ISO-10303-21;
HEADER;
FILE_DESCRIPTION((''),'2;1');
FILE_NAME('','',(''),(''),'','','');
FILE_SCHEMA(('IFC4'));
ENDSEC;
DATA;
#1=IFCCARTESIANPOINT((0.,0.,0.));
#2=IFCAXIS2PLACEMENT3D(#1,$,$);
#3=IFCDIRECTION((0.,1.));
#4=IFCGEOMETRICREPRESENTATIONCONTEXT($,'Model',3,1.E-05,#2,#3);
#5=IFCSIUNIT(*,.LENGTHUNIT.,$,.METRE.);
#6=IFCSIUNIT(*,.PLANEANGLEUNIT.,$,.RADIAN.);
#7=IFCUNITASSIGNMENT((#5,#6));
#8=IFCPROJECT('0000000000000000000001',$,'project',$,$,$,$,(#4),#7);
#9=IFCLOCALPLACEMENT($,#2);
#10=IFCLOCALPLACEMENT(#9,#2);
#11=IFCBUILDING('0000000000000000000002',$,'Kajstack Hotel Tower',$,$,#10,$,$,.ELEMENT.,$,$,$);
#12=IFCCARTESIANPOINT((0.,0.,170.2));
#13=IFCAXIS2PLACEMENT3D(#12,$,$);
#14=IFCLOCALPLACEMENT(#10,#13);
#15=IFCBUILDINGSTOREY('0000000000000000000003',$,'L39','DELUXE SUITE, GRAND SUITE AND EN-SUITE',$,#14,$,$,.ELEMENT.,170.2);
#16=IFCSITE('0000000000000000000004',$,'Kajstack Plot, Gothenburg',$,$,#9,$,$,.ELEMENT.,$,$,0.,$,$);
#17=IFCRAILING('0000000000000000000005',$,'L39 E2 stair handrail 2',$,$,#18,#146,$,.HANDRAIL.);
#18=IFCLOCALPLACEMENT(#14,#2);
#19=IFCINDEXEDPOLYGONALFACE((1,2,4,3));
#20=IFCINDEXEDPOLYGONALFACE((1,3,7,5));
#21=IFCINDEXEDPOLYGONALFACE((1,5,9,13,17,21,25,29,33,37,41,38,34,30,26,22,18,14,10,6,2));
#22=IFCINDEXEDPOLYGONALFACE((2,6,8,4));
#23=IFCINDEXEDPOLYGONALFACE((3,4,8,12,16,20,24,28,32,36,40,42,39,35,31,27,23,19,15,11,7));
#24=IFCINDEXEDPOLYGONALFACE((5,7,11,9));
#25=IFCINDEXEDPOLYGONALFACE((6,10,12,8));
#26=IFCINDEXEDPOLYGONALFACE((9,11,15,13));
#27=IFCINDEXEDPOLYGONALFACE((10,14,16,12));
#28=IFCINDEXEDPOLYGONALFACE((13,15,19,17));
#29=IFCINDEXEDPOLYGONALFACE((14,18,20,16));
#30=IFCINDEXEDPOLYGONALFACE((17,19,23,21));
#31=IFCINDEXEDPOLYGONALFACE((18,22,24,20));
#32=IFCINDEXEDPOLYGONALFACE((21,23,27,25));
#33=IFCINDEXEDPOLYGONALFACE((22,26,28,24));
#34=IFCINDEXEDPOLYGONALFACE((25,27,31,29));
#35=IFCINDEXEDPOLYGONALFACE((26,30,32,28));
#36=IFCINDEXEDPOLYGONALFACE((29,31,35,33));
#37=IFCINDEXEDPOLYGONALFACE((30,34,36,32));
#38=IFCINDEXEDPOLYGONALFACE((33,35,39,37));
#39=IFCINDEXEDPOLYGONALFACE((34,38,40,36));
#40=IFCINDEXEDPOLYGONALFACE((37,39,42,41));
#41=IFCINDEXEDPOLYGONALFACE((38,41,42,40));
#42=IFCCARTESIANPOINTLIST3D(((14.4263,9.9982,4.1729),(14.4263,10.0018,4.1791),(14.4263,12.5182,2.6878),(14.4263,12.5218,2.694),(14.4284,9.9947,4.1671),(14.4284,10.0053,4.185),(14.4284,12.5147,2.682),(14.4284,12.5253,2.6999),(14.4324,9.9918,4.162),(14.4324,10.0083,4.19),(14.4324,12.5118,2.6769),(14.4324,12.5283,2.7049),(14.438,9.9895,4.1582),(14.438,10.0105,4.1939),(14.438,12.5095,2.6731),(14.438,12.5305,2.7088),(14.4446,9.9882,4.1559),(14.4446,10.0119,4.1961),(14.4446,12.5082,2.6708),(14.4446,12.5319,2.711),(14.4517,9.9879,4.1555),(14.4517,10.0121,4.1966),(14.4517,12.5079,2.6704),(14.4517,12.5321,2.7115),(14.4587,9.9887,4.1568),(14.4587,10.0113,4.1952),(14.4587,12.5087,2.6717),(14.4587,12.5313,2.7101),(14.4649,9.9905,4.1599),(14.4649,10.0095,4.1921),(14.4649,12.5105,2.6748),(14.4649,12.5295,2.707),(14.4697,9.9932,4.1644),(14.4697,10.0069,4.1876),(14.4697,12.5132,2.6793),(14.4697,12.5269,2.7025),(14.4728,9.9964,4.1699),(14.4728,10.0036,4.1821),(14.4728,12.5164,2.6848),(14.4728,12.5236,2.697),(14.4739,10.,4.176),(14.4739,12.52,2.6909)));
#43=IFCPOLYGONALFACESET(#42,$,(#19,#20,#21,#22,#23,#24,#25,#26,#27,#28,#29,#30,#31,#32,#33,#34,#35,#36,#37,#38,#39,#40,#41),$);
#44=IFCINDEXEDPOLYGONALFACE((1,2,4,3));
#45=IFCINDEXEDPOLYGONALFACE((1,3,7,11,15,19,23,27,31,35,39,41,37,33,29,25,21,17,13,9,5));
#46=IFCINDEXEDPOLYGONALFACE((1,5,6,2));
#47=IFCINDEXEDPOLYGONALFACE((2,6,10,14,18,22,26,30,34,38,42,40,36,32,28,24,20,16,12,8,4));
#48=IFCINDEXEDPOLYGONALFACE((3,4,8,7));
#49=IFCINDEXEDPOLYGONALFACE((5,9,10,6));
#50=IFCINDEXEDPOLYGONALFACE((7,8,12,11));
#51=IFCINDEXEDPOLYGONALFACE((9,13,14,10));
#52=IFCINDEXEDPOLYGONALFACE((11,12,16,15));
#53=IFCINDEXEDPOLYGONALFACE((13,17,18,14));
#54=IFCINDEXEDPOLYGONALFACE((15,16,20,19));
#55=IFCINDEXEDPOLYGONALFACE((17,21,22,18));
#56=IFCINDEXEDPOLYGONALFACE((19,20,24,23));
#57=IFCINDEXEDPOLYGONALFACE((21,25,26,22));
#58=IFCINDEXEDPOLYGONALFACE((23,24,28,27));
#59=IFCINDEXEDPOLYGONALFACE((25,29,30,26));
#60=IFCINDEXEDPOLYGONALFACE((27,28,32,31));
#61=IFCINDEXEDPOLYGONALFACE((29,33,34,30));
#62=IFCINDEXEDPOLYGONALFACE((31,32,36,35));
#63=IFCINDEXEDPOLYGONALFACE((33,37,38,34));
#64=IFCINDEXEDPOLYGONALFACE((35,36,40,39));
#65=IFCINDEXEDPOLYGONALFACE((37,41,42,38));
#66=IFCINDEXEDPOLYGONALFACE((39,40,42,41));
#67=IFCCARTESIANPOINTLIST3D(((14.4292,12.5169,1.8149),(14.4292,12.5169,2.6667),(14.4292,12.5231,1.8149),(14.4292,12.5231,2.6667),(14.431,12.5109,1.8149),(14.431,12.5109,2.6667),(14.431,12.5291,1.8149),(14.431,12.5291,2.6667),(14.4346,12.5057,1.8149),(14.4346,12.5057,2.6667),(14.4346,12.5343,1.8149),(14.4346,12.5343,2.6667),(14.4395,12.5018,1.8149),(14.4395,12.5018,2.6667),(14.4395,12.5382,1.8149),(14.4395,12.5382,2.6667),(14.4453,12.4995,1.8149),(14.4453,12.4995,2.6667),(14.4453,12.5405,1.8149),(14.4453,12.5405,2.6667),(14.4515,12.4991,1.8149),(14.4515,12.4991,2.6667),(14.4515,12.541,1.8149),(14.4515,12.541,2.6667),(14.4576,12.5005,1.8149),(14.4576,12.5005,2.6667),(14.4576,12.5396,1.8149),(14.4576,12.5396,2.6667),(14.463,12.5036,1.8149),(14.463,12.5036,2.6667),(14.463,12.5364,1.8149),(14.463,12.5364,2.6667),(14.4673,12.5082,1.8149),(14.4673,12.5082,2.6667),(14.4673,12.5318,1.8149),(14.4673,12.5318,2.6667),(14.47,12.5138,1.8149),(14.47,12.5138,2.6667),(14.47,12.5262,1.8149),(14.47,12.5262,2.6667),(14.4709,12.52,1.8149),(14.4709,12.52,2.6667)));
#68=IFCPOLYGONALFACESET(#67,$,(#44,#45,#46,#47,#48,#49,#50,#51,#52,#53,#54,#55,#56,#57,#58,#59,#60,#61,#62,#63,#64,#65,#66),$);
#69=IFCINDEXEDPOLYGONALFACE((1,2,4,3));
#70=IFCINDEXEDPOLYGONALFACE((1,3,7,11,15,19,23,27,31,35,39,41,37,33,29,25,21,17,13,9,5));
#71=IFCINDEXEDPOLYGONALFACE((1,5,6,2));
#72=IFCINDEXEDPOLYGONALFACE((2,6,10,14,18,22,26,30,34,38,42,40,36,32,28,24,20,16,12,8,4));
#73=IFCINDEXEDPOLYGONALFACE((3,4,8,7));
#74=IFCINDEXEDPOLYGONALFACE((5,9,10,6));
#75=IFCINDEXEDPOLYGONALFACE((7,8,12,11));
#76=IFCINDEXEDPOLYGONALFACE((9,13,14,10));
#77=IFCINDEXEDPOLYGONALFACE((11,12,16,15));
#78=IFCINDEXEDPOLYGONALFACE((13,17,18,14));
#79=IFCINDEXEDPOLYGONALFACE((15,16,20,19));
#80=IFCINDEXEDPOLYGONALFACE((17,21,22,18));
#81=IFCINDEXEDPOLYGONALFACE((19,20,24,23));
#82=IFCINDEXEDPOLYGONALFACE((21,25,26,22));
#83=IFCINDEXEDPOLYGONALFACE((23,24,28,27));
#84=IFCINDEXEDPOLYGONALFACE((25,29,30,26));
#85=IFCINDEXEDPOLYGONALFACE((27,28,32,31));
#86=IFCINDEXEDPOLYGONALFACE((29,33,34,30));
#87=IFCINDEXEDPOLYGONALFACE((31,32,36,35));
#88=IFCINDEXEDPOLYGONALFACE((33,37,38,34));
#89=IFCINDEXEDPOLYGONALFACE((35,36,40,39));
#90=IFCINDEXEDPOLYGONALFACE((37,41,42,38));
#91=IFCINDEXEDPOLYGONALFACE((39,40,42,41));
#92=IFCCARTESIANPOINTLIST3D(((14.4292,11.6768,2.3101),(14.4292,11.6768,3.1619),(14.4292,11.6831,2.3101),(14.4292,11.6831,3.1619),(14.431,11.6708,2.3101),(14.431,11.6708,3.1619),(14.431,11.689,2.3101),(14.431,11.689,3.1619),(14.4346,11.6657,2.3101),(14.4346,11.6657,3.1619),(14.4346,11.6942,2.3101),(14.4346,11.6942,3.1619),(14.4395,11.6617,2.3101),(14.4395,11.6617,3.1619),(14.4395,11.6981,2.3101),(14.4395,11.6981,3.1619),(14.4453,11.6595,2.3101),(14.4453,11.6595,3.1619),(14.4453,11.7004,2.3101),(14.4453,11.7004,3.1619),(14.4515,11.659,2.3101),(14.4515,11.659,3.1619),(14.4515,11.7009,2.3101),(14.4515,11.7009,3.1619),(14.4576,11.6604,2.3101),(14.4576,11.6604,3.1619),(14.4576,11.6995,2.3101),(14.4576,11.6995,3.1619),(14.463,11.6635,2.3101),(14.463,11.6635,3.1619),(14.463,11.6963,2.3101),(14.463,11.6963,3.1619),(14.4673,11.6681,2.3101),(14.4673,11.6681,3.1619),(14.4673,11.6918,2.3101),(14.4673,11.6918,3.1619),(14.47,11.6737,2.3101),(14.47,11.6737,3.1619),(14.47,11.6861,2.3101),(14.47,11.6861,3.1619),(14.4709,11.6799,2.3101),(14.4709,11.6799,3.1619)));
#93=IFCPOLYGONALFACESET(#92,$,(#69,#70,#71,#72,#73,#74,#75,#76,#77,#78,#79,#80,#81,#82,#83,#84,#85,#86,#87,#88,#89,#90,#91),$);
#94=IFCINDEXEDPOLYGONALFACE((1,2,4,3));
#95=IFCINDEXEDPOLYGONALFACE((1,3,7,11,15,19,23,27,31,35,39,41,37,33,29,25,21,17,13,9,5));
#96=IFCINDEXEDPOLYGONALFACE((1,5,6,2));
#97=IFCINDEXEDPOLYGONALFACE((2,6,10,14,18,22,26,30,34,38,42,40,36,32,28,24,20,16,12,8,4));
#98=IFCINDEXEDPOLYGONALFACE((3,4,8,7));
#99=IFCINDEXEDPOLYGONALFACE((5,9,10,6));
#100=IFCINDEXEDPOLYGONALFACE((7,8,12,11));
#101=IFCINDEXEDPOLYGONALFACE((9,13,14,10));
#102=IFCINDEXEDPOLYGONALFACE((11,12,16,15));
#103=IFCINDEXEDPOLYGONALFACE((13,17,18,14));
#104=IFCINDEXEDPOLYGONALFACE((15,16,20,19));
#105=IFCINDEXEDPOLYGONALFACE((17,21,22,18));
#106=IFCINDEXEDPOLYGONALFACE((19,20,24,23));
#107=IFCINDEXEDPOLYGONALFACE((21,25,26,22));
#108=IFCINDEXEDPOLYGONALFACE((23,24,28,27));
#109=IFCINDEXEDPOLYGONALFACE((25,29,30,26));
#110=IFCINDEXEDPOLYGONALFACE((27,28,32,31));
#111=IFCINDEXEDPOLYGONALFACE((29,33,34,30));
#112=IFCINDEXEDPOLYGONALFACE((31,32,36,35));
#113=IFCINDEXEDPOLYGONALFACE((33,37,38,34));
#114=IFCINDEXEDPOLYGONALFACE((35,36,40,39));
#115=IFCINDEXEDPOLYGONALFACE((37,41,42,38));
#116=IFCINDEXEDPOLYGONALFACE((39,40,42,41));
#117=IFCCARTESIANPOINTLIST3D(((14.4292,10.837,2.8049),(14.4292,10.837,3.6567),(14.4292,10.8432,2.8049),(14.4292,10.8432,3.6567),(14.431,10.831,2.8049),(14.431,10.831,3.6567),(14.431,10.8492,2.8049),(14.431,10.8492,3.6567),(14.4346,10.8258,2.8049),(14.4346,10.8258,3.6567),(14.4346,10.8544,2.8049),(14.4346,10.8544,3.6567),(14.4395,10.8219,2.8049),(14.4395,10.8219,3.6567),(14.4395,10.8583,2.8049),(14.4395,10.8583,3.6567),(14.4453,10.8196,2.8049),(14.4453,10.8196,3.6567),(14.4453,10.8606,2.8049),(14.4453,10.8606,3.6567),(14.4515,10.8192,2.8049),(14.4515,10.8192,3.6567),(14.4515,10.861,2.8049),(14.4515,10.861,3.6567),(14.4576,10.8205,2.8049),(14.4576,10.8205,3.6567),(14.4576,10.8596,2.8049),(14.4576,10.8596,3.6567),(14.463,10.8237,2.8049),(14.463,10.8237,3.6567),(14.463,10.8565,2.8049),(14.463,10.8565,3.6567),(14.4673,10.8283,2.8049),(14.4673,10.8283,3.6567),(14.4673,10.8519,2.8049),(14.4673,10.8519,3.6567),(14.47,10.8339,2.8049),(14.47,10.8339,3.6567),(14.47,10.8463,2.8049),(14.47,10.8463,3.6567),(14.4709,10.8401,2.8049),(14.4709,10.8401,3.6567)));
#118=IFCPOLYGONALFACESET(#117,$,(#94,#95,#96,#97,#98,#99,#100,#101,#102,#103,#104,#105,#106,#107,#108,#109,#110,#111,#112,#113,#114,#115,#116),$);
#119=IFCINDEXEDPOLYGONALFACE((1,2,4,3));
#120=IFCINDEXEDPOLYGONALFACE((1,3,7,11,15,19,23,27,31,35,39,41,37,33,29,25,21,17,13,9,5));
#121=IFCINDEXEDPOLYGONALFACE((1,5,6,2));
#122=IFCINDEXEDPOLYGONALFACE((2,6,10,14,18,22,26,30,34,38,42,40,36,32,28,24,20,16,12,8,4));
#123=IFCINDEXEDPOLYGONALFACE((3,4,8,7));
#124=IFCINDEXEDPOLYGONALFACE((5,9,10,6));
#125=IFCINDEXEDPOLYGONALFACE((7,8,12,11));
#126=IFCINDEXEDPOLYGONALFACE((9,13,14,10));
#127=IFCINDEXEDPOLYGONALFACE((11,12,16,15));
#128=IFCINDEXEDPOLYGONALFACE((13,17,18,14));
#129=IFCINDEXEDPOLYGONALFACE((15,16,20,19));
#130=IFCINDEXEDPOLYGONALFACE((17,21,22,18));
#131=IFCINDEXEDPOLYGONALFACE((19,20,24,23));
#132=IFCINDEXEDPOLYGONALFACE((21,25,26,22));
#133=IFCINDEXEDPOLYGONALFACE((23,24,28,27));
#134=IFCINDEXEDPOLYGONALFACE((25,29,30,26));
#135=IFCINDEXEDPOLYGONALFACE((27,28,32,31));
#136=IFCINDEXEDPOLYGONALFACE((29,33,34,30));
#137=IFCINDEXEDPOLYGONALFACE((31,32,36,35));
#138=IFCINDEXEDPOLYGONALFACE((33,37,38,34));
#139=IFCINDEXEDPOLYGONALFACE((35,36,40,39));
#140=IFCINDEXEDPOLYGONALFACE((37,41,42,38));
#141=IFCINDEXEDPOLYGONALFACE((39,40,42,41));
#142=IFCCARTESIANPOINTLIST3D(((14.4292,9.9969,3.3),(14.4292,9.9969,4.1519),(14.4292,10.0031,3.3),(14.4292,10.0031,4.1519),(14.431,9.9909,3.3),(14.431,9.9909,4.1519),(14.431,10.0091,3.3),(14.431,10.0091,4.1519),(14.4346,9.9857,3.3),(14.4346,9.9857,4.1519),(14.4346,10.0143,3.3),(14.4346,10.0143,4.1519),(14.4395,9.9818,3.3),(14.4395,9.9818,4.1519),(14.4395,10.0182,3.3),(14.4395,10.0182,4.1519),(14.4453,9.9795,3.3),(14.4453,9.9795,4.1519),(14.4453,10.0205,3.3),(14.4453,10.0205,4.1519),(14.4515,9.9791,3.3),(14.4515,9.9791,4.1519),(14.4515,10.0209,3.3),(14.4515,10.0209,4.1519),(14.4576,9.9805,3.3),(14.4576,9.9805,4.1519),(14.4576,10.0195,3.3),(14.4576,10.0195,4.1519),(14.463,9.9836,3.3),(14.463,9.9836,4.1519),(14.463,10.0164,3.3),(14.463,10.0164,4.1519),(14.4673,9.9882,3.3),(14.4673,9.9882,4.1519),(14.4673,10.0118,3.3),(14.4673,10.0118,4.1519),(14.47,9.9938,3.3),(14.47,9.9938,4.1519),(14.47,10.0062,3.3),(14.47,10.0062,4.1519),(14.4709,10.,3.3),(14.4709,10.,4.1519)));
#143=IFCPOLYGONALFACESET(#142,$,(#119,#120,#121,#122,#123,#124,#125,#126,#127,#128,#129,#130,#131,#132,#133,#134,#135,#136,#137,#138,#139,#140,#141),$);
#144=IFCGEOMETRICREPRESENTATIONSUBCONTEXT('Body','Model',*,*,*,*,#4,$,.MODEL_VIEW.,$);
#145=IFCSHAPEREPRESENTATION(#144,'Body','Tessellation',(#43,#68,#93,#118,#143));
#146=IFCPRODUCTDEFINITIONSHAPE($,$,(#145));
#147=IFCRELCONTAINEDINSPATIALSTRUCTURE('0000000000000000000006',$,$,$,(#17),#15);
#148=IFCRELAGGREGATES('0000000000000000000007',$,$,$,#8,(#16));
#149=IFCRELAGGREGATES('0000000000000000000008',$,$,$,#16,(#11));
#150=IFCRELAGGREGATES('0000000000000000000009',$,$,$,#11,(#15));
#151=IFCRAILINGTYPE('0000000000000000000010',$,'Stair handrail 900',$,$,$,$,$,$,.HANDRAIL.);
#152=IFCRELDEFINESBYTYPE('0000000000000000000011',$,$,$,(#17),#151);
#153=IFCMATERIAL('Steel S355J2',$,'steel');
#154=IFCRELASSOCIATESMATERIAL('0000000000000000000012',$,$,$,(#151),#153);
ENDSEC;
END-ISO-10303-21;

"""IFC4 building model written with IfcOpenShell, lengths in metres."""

from ifc_helpers import new_model, si_unit, direction, frame, origin, origin_2d, place, context, subcontext, project, spatial, circle, extrude, material, type_object, element, save


model = new_model("IFC4")

# Units and contexts
model_context = context("Model", 3, precision=1e-05, world=origin(), true_north=direction((0.0, 1.0)))
body_context = subcontext(model_context, "Body", "Model", "MODEL_VIEW")
ifc_project = project(units=[si_unit("LENGTHUNIT", "METRE"), si_unit("PLANEANGLEUNIT", "RADIAN")], contexts=[model_context])

# Site, building, storey
site_placement = place(None, origin())
site = spatial("IfcSite", under=ifc_project, at=site_placement, Name="Kajstack Plot, Gothenburg", CompositionType="ELEMENT", RefElevation=0.0)
building_placement = place(site_placement, origin())
building = spatial("IfcBuilding", under=site, at=building_placement, Name="Kajstack Hotel Tower", CompositionType="ELEMENT")
storey_placement = place(building_placement, frame((0.0, 0.0, 170.2)))
storey = spatial("IfcBuildingStorey", under=building, at=storey_placement, Name="L39", Description="DELUXE SUITE, GRAND SUITE AND EN-SUITE", CompositionType="ELEMENT", Elevation=170.2)

# Railing
ifc_material_1 = material(Name="Steel S355J2", Category="steel")
railing_type = type_object("IfcRailingType", Name="Stair handrail 900", PredefinedType="HANDRAIL", material=ifc_material_1)
railing_placement = place(storey_placement, frame((14.45, 12.52, 1.8149)))
element("IfcRailing", 1, at=railing_placement, inside=storey, type_object=railing_type, Name="L39 E2 stair handrail 2", PredefinedType="HANDRAIL", context=body_context, shape_type="SweptSolid", body=[
    extrude(circle(Radius=0.0239, at=origin_2d()), frame((0.0, 0.0, 0.876), z_axis=(0.0, -0.861524, 0.507717), x_axis=(1.0, 0.0, 0.0)), (0.0, 0.0, 1.0), 2.925),
    extrude(circle(Radius=0.021, at=origin_2d()), origin(), (0.0, 0.0, 1.0), 0.8518),
    extrude(circle(Radius=0.021, at=origin_2d()), frame((0.0, -0.8401, 0.4951)), (0.0, 0.0, 1.0), 0.8518),
    extrude(circle(Radius=0.021, at=origin_2d()), frame((0.0, -1.6799, 0.99)), (0.0, 0.0, 1.0), 0.8518),
    extrude(circle(Radius=0.021, at=origin_2d()), frame((0.0, -2.52, 1.4851)), (0.0, 0.0, 1.0), 0.8518),
])

save(model, "model.ifc")
